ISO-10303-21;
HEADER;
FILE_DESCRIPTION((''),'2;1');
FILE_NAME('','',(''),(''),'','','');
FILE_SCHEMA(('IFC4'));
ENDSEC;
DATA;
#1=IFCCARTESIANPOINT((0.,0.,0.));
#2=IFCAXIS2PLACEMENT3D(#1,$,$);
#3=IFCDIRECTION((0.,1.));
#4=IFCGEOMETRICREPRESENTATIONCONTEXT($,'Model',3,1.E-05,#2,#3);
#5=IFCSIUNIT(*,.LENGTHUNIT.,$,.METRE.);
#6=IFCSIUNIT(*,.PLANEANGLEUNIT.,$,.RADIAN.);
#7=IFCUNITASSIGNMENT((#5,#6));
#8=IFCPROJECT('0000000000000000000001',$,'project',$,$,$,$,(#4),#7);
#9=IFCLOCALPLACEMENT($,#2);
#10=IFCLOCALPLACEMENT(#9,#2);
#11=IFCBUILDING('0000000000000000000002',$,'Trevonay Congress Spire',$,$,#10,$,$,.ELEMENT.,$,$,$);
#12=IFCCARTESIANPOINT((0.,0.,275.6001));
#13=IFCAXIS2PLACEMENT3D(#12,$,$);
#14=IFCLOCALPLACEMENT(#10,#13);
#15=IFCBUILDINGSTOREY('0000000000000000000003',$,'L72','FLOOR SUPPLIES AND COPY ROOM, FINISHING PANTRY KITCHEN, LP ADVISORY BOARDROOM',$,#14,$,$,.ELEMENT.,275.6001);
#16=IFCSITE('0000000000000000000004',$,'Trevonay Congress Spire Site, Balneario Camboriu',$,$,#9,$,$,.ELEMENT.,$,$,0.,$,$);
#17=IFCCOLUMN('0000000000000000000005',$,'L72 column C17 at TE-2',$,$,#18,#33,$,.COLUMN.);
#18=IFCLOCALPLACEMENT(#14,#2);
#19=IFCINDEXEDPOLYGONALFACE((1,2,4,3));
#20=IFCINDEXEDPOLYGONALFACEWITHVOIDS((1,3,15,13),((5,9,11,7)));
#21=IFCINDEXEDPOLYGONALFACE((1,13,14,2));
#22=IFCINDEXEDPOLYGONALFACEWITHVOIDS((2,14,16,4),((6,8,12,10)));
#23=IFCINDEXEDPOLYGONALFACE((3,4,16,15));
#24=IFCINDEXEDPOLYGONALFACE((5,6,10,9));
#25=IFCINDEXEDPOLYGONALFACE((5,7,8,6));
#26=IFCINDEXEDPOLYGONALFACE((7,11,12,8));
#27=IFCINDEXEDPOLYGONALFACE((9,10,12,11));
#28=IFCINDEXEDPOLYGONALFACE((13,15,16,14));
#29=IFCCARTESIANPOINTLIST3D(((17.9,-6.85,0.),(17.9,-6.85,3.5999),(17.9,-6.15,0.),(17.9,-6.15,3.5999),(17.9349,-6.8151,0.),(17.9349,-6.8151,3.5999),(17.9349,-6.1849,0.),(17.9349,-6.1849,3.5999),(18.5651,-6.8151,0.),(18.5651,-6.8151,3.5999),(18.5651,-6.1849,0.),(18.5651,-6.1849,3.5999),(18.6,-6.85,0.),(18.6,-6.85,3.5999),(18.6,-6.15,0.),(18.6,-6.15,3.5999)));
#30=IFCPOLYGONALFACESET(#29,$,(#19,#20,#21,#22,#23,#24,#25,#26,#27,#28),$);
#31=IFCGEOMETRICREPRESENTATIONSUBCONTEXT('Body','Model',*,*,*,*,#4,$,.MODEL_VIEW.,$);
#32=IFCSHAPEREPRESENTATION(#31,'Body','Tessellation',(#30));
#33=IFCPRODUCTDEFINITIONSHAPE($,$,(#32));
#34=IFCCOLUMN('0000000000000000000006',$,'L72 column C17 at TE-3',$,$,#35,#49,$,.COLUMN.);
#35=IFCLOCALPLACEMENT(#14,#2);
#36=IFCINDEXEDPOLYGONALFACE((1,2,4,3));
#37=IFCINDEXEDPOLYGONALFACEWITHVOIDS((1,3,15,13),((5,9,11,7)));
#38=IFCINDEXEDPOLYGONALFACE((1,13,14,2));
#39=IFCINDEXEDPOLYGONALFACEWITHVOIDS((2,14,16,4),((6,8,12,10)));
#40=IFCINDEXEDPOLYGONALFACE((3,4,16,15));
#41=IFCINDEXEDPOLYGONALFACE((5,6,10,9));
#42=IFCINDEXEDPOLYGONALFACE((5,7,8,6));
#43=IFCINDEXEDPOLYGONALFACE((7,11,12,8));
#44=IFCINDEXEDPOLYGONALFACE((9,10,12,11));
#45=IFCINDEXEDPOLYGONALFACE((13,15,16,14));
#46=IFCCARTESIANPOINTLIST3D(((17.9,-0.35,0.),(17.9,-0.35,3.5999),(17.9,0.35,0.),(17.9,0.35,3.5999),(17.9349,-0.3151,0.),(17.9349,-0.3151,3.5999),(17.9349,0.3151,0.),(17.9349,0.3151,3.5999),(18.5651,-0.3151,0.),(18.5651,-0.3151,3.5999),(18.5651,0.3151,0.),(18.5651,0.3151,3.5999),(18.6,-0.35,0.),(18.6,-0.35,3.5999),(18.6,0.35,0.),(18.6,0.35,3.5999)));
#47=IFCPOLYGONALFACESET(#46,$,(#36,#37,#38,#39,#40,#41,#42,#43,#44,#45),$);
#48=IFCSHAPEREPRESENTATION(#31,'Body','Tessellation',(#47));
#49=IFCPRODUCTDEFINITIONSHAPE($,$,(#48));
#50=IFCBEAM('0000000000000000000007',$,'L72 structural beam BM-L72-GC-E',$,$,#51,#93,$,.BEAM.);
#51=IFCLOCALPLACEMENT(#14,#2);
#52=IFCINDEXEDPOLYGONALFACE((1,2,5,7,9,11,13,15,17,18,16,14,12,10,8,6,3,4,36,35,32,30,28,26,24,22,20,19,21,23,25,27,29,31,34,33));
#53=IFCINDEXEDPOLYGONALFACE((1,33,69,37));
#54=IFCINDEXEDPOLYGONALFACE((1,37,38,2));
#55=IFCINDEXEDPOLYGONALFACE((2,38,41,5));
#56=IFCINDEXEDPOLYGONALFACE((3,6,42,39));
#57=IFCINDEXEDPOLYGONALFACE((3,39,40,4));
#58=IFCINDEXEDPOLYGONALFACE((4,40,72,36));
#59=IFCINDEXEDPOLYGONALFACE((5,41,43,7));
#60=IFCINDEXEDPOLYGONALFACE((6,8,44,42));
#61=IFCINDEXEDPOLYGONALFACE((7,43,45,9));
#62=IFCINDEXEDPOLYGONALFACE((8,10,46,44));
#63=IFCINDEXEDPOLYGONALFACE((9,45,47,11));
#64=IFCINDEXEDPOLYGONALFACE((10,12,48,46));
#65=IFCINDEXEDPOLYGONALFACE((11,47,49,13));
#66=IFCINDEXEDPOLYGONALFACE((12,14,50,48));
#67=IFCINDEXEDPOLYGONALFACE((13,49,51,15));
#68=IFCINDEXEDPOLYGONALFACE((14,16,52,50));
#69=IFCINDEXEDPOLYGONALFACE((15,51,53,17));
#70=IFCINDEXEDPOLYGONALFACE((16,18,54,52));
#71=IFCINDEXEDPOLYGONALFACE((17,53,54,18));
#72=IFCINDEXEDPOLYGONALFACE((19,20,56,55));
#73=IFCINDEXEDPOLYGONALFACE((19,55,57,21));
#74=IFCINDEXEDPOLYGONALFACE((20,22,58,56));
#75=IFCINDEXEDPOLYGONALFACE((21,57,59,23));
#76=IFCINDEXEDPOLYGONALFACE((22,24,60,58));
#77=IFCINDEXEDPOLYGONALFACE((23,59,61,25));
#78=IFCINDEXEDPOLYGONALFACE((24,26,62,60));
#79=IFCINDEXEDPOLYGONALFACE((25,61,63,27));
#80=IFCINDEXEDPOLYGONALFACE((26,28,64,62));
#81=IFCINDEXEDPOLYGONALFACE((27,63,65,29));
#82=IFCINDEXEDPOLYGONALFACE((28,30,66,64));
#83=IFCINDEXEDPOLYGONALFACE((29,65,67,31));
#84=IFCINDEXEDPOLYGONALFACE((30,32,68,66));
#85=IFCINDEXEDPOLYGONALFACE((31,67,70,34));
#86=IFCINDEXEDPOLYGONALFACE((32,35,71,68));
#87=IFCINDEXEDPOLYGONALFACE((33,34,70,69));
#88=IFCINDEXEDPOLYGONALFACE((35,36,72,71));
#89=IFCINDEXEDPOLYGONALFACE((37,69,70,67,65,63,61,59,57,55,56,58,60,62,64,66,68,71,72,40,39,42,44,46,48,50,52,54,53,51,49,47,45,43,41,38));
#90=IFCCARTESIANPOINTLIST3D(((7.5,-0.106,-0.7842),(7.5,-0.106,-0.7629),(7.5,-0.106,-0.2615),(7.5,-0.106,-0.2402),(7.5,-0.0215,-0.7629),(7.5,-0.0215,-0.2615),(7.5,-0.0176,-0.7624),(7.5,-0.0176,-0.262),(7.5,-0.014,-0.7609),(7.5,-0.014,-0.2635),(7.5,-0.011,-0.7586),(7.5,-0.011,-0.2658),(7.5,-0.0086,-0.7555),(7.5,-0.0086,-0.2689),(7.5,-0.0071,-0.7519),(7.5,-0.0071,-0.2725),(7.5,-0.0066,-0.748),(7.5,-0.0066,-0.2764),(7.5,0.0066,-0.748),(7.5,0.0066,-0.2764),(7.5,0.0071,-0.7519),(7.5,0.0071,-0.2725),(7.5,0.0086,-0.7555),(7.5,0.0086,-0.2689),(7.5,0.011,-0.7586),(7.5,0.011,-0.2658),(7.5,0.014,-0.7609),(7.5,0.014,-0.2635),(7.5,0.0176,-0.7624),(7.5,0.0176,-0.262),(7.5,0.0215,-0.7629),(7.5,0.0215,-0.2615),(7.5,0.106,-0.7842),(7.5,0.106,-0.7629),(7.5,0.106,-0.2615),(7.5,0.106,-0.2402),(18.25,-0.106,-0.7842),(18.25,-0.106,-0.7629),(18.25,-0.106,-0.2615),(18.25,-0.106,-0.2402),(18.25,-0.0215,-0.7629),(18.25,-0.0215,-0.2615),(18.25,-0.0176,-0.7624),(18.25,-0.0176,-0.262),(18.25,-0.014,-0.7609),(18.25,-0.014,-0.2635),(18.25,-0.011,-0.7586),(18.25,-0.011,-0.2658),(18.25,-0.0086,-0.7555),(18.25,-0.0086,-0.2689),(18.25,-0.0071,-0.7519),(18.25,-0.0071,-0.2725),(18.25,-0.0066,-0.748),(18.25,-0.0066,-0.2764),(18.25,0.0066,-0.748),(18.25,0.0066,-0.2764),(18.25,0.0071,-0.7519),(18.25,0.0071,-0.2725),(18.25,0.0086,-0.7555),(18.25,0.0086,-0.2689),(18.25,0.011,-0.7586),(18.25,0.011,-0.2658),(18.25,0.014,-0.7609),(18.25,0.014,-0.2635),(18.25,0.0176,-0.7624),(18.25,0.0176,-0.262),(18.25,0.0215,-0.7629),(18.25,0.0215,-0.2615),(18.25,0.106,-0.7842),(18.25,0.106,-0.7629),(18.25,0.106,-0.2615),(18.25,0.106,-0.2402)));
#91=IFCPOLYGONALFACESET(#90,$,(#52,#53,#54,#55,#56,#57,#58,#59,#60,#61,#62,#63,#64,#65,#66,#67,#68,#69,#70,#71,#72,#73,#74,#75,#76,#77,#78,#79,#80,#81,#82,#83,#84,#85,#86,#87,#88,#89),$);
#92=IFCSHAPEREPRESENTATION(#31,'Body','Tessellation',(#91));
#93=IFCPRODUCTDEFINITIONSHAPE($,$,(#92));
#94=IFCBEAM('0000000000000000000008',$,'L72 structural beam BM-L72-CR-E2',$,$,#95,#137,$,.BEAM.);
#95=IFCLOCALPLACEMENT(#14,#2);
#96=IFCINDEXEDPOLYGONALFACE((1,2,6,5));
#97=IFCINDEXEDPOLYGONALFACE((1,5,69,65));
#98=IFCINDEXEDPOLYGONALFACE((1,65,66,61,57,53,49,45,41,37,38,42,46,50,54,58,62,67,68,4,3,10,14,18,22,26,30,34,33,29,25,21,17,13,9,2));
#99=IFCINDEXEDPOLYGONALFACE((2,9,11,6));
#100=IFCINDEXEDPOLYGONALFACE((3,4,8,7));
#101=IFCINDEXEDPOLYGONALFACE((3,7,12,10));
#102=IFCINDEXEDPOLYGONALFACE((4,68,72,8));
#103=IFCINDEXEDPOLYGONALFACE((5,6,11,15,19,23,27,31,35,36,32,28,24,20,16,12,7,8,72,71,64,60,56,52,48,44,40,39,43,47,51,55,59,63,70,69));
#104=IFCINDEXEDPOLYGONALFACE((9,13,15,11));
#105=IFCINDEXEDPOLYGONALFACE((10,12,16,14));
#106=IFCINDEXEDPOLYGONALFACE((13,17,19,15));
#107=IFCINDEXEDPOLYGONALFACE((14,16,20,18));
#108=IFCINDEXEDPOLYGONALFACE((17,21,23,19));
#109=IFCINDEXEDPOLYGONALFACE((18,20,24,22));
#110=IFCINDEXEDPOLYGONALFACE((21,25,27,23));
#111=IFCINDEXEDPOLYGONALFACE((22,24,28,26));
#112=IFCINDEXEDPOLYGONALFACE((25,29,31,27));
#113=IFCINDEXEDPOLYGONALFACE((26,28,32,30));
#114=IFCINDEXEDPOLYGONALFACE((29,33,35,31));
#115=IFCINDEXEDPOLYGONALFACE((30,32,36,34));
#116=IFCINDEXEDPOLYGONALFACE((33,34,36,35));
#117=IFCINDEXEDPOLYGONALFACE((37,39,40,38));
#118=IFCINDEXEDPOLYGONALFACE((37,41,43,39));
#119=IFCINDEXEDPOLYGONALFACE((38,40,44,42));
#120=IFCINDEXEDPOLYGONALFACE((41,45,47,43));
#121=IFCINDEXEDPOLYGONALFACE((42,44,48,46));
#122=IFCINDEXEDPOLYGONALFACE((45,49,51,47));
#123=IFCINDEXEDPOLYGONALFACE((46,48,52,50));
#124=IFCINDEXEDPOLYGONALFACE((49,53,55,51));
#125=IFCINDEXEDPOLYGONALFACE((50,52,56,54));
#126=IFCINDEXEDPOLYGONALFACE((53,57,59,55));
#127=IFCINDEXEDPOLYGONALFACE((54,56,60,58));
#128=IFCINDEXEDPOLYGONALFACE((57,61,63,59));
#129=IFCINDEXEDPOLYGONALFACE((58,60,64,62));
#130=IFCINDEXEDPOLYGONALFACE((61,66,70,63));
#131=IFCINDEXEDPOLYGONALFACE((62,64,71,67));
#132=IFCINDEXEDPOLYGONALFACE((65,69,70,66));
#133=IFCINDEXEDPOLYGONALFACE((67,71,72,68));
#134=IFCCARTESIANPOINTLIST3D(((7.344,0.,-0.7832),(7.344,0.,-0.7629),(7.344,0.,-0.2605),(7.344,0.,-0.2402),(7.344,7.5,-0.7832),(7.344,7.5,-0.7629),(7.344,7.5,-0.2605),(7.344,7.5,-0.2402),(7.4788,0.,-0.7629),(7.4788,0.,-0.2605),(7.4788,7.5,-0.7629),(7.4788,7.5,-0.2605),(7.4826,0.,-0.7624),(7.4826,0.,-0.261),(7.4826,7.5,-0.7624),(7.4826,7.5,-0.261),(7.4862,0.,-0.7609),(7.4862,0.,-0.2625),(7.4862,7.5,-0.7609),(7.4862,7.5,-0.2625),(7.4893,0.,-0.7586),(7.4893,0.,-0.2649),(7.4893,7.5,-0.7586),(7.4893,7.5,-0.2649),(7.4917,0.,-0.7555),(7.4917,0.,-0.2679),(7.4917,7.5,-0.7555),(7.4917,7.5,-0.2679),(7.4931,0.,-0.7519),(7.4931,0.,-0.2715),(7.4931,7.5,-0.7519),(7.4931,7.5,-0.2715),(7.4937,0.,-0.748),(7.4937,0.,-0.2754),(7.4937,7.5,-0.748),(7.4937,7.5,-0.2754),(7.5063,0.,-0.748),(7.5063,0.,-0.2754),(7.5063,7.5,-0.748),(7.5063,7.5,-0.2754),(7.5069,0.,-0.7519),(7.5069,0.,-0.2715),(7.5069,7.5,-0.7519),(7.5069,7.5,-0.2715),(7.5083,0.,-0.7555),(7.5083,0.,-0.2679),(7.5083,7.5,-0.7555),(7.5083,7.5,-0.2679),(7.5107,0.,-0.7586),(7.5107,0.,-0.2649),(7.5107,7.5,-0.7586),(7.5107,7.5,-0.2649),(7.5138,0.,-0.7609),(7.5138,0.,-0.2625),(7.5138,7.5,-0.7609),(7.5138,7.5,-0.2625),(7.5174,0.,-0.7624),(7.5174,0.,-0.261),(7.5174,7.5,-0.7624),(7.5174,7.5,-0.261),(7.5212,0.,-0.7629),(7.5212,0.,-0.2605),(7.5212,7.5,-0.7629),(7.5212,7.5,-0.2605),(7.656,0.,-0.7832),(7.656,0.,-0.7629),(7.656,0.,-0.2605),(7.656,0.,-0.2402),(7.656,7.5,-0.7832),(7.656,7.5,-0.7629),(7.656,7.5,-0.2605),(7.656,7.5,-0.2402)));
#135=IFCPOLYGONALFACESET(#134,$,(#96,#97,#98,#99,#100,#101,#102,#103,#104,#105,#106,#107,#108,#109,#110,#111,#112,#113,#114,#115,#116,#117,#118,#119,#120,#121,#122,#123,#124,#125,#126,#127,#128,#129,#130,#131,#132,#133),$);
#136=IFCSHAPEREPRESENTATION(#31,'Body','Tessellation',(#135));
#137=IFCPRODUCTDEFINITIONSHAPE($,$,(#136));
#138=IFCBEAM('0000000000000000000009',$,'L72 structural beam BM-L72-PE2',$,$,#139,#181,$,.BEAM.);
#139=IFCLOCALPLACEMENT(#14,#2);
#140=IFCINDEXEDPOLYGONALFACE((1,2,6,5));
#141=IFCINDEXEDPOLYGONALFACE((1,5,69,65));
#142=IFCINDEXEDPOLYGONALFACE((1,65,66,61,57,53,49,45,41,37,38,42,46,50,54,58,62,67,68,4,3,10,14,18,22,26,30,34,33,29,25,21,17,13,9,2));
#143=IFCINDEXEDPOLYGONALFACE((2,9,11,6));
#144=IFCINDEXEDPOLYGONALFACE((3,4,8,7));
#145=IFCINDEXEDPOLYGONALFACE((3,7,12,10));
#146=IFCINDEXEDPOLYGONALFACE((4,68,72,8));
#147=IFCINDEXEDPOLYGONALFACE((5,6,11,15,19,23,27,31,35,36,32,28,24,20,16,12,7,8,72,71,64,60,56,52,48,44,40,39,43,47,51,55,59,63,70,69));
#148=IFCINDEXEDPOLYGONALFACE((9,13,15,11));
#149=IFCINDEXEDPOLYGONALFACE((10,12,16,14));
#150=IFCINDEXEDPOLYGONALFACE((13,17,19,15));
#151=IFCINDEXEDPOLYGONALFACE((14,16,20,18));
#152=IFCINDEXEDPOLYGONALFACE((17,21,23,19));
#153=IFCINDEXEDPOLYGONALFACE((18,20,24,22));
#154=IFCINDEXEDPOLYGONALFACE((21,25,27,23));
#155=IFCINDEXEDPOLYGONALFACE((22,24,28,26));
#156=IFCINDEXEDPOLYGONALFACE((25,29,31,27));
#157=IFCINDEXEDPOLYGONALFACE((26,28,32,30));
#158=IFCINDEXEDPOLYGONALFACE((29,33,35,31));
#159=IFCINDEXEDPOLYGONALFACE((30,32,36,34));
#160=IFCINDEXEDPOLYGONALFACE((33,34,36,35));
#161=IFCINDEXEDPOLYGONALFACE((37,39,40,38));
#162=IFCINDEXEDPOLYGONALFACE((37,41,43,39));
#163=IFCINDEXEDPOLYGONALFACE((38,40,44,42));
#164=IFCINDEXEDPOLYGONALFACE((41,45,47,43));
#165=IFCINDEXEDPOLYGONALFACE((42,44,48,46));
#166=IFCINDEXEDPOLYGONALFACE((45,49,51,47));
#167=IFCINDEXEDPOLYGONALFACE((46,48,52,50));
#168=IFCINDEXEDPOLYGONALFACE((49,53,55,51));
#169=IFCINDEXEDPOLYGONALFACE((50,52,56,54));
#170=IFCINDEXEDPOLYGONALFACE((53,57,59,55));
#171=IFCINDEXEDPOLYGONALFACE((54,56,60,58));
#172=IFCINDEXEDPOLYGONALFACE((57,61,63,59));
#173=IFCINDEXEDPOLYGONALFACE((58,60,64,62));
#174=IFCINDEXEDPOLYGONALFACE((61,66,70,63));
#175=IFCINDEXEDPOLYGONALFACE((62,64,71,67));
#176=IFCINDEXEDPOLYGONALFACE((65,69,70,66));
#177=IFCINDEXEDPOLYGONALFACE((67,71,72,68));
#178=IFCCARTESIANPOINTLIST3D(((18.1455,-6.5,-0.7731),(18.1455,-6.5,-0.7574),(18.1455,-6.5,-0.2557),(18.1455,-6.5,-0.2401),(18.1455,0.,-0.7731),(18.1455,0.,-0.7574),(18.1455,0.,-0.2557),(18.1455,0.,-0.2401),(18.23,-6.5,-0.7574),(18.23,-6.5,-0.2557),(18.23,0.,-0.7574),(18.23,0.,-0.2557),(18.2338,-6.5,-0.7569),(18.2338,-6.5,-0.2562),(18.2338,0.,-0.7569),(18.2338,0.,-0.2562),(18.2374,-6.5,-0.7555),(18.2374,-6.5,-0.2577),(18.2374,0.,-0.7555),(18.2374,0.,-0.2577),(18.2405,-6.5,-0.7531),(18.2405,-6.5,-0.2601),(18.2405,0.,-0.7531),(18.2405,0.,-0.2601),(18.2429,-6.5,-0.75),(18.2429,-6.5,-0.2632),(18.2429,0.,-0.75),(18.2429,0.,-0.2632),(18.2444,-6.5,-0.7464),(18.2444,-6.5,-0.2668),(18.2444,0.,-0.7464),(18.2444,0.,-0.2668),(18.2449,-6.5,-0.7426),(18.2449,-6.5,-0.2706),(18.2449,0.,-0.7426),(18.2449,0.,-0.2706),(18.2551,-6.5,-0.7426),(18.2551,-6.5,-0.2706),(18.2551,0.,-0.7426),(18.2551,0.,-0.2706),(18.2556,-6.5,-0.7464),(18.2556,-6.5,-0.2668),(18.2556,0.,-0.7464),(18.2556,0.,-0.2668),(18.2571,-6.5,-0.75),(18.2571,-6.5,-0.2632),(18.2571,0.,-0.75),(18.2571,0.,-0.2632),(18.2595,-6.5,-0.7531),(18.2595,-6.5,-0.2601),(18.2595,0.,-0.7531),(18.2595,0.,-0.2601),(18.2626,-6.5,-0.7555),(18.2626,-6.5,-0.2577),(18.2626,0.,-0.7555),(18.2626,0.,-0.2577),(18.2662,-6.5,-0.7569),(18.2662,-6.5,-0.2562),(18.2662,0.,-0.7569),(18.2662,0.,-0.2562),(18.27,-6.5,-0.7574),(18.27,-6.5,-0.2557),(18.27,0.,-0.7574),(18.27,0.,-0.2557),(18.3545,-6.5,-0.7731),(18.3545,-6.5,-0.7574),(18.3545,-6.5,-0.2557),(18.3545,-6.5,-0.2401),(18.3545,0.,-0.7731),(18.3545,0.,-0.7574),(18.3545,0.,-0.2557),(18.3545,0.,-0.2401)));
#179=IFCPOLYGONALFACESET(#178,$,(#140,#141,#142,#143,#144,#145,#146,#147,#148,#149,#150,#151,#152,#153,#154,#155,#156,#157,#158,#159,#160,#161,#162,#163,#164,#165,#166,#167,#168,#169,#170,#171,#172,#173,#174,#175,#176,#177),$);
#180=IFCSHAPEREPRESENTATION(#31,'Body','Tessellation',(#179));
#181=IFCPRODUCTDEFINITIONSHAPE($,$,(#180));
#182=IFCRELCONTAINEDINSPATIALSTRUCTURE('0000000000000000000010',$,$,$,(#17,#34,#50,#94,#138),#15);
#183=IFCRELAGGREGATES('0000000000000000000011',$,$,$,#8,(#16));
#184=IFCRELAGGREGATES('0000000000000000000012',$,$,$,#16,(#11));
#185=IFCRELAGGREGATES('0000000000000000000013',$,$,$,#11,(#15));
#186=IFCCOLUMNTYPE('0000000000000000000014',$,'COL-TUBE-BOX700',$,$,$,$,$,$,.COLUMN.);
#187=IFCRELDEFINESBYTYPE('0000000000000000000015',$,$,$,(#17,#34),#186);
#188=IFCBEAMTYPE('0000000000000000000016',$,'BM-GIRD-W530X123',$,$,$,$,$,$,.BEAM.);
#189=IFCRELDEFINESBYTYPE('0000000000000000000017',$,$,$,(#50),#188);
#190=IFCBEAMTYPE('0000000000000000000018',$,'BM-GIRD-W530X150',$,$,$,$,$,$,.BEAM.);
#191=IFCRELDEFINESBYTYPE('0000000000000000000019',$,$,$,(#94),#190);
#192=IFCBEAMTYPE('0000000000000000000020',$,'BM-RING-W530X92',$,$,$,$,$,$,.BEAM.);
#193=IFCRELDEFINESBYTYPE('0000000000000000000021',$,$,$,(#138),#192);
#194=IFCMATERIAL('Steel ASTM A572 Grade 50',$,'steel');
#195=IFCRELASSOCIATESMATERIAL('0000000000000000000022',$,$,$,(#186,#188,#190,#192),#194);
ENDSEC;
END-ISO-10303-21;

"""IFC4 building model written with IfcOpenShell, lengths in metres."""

from ifc_helpers import new_model, si_unit, direction, frame, origin, origin_2d, place, context, subcontext, project, spatial, hollow_rectangle, i_section, extrude, material, material_profile, profile_set, type_object, element, save


model = new_model("IFC4")

# Units and contexts
model_context = context("Model", 3, precision=1e-05, world=origin(), true_north=direction((0.0, 1.0)))
body_context = subcontext(model_context, "Body", "Model", "MODEL_VIEW")
ifc_project = project(units=[si_unit("LENGTHUNIT", "METRE"), si_unit("PLANEANGLEUNIT", "RADIAN")], contexts=[model_context])

# Site, building, storey
site_placement = place(None, origin())
site = spatial("IfcSite", under=ifc_project, at=site_placement, Name="Trevonay Congress Spire Site, Balneario Camboriu", CompositionType="ELEMENT", RefElevation=0.0)
building_placement = place(site_placement, origin())
building = spatial("IfcBuilding", under=site, at=building_placement, Name="Trevonay Congress Spire", CompositionType="ELEMENT")
storey_placement = place(building_placement, frame((0.0, 0.0, 275.6001)))
storey = spatial("IfcBuildingStorey", under=building, at=storey_placement, Name="L72", Description="FLOOR SUPPLIES AND COPY ROOM, FINISHING PANTRY KITCHEN, LP ADVISORY BOARDROOM", CompositionType="ELEMENT", Elevation=275.6001)

# Columns
ifc_material_1 = material(Name="Steel ASTM A572 Grade 50", Category="steel")
ifc_material_profile_1 = material_profile(ifc_material_1, hollow_rectangle(XDim=0.7, YDim=0.7, WallThickness=0.0349, at=origin_2d()), Name="BOX 700x700x35")
ifc_profile_set_1 = profile_set([ifc_material_profile_1], Name="Steel ASTM A572 Grade 50")
column_type = type_object("IfcColumnType", Name="COL-TUBE-BOX700", PredefinedType="COLUMN", material=ifc_profile_set_1)
for number, where, z_axis, x_axis, name in (
    (1, (18.25, -6.5, 0.0), (0.0, 0.0, 1.0), (1.0, 0.0, 0.0), "L72 column C17 at TE-2"),
    (2, (18.25, 0.0, 0.0), (0.0, 0.0, 1.0), (1.0, 0.0, 0.0), "L72 column C17 at TE-3"),
):
    element("IfcColumn", number, at=place(storey_placement, frame(where, z_axis=z_axis, x_axis=x_axis)), inside=storey, type_object=column_type, Name=name, PredefinedType="COLUMN", context=body_context, shape_type="SweptSolid", body=[
        extrude(hollow_rectangle(XDim=0.7, YDim=0.7, WallThickness=0.0349, at=origin_2d()), origin(), (0.0, 0.0, 1.0), 3.5999),
    ])

# Beams
ifc_material_profile_2 = material_profile(ifc_material_1, i_section(OverallWidth=0.2119, OverallDepth=0.5439, WebThickness=0.0132, FlangeThickness=0.0212, FilletRadius=0.0149, at=origin_2d()), Name="W530x123")
ifc_profile_set_2 = profile_set([ifc_material_profile_2], Name="Steel ASTM A572 Grade 50")
beam_type_1 = type_object("IfcBeamType", Name="BM-GIRD-W530X123", PredefinedType="BEAM", material=ifc_profile_set_2)
beam_1_placement = place(storey_placement, frame((7.5, 0.0, -0.5122), z_axis=(1.0, 0.0, 0.0), x_axis=(0.0, 1.0, 0.0)))
element("IfcBeam", 3, at=beam_1_placement, inside=storey, type_object=beam_type_1, Name="L72 structural beam BM-L72-GC-E", PredefinedType="BEAM", context=body_context, shape_type="SweptSolid", body=[
    extrude(i_section(OverallWidth=0.2119, OverallDepth=0.5439, WebThickness=0.0132, FlangeThickness=0.0212, FilletRadius=0.0149, at=origin_2d()), origin(), (0.0, 0.0, 1.0), 10.75),
])
ifc_material_profile_3 = material_profile(ifc_material_1, i_section(OverallWidth=0.312, OverallDepth=0.543, WebThickness=0.0127, FlangeThickness=0.0203, FilletRadius=0.0149, at=origin_2d()), Name="W530x150")
ifc_profile_set_3 = profile_set([ifc_material_profile_3], Name="Steel ASTM A572 Grade 50")
beam_type_2 = type_object("IfcBeamType", Name="BM-GIRD-W530X150", PredefinedType="BEAM", material=ifc_profile_set_3)
beam_2_placement = place(storey_placement, frame((7.5, 0.0, -0.5117), z_axis=(0.0, 1.0, 0.0), x_axis=(-1.0, 0.0, 0.0)))
element("IfcBeam", 4, at=beam_2_placement, inside=storey, type_object=beam_type_2, Name="L72 structural beam BM-L72-CR-E2", PredefinedType="BEAM", context=body_context, shape_type="SweptSolid", body=[
    extrude(i_section(OverallWidth=0.312, OverallDepth=0.543, WebThickness=0.0127, FlangeThickness=0.0203, FilletRadius=0.0149, at=origin_2d()), origin(), (0.0, 0.0, 1.0), 7.5),
])
ifc_material_profile_4 = material_profile(ifc_material_1, i_section(OverallWidth=0.209, OverallDepth=0.533, WebThickness=0.0103, FlangeThickness=0.0156, FilletRadius=0.0149, at=origin_2d()), Name="W530x92")
ifc_profile_set_4 = profile_set([ifc_material_profile_4], Name="Steel ASTM A572 Grade 50")
beam_type_3 = type_object("IfcBeamType", Name="BM-RING-W530X92", PredefinedType="BEAM", material=ifc_profile_set_4)
for number, where, z_axis, x_axis, name in (
    (5, (18.25, -6.5, -0.5066), (0.0, 1.0, 0.0), (-1.0, 0.0, 0.0), "L72 structural beam BM-L72-PE2"),
):
    element("IfcBeam", number, at=place(storey_placement, frame(where, z_axis=z_axis, x_axis=x_axis)), inside=storey, type_object=beam_type_3, Name=name, PredefinedType="BEAM", context=body_context, shape_type="SweptSolid", body=[
        extrude(i_section(OverallWidth=0.209, OverallDepth=0.533, WebThickness=0.0103, FlangeThickness=0.0156, FilletRadius=0.0149, at=origin_2d()), origin(), (0.0, 0.0, 1.0), 6.5),
    ])

save(model, "model.ifc")
